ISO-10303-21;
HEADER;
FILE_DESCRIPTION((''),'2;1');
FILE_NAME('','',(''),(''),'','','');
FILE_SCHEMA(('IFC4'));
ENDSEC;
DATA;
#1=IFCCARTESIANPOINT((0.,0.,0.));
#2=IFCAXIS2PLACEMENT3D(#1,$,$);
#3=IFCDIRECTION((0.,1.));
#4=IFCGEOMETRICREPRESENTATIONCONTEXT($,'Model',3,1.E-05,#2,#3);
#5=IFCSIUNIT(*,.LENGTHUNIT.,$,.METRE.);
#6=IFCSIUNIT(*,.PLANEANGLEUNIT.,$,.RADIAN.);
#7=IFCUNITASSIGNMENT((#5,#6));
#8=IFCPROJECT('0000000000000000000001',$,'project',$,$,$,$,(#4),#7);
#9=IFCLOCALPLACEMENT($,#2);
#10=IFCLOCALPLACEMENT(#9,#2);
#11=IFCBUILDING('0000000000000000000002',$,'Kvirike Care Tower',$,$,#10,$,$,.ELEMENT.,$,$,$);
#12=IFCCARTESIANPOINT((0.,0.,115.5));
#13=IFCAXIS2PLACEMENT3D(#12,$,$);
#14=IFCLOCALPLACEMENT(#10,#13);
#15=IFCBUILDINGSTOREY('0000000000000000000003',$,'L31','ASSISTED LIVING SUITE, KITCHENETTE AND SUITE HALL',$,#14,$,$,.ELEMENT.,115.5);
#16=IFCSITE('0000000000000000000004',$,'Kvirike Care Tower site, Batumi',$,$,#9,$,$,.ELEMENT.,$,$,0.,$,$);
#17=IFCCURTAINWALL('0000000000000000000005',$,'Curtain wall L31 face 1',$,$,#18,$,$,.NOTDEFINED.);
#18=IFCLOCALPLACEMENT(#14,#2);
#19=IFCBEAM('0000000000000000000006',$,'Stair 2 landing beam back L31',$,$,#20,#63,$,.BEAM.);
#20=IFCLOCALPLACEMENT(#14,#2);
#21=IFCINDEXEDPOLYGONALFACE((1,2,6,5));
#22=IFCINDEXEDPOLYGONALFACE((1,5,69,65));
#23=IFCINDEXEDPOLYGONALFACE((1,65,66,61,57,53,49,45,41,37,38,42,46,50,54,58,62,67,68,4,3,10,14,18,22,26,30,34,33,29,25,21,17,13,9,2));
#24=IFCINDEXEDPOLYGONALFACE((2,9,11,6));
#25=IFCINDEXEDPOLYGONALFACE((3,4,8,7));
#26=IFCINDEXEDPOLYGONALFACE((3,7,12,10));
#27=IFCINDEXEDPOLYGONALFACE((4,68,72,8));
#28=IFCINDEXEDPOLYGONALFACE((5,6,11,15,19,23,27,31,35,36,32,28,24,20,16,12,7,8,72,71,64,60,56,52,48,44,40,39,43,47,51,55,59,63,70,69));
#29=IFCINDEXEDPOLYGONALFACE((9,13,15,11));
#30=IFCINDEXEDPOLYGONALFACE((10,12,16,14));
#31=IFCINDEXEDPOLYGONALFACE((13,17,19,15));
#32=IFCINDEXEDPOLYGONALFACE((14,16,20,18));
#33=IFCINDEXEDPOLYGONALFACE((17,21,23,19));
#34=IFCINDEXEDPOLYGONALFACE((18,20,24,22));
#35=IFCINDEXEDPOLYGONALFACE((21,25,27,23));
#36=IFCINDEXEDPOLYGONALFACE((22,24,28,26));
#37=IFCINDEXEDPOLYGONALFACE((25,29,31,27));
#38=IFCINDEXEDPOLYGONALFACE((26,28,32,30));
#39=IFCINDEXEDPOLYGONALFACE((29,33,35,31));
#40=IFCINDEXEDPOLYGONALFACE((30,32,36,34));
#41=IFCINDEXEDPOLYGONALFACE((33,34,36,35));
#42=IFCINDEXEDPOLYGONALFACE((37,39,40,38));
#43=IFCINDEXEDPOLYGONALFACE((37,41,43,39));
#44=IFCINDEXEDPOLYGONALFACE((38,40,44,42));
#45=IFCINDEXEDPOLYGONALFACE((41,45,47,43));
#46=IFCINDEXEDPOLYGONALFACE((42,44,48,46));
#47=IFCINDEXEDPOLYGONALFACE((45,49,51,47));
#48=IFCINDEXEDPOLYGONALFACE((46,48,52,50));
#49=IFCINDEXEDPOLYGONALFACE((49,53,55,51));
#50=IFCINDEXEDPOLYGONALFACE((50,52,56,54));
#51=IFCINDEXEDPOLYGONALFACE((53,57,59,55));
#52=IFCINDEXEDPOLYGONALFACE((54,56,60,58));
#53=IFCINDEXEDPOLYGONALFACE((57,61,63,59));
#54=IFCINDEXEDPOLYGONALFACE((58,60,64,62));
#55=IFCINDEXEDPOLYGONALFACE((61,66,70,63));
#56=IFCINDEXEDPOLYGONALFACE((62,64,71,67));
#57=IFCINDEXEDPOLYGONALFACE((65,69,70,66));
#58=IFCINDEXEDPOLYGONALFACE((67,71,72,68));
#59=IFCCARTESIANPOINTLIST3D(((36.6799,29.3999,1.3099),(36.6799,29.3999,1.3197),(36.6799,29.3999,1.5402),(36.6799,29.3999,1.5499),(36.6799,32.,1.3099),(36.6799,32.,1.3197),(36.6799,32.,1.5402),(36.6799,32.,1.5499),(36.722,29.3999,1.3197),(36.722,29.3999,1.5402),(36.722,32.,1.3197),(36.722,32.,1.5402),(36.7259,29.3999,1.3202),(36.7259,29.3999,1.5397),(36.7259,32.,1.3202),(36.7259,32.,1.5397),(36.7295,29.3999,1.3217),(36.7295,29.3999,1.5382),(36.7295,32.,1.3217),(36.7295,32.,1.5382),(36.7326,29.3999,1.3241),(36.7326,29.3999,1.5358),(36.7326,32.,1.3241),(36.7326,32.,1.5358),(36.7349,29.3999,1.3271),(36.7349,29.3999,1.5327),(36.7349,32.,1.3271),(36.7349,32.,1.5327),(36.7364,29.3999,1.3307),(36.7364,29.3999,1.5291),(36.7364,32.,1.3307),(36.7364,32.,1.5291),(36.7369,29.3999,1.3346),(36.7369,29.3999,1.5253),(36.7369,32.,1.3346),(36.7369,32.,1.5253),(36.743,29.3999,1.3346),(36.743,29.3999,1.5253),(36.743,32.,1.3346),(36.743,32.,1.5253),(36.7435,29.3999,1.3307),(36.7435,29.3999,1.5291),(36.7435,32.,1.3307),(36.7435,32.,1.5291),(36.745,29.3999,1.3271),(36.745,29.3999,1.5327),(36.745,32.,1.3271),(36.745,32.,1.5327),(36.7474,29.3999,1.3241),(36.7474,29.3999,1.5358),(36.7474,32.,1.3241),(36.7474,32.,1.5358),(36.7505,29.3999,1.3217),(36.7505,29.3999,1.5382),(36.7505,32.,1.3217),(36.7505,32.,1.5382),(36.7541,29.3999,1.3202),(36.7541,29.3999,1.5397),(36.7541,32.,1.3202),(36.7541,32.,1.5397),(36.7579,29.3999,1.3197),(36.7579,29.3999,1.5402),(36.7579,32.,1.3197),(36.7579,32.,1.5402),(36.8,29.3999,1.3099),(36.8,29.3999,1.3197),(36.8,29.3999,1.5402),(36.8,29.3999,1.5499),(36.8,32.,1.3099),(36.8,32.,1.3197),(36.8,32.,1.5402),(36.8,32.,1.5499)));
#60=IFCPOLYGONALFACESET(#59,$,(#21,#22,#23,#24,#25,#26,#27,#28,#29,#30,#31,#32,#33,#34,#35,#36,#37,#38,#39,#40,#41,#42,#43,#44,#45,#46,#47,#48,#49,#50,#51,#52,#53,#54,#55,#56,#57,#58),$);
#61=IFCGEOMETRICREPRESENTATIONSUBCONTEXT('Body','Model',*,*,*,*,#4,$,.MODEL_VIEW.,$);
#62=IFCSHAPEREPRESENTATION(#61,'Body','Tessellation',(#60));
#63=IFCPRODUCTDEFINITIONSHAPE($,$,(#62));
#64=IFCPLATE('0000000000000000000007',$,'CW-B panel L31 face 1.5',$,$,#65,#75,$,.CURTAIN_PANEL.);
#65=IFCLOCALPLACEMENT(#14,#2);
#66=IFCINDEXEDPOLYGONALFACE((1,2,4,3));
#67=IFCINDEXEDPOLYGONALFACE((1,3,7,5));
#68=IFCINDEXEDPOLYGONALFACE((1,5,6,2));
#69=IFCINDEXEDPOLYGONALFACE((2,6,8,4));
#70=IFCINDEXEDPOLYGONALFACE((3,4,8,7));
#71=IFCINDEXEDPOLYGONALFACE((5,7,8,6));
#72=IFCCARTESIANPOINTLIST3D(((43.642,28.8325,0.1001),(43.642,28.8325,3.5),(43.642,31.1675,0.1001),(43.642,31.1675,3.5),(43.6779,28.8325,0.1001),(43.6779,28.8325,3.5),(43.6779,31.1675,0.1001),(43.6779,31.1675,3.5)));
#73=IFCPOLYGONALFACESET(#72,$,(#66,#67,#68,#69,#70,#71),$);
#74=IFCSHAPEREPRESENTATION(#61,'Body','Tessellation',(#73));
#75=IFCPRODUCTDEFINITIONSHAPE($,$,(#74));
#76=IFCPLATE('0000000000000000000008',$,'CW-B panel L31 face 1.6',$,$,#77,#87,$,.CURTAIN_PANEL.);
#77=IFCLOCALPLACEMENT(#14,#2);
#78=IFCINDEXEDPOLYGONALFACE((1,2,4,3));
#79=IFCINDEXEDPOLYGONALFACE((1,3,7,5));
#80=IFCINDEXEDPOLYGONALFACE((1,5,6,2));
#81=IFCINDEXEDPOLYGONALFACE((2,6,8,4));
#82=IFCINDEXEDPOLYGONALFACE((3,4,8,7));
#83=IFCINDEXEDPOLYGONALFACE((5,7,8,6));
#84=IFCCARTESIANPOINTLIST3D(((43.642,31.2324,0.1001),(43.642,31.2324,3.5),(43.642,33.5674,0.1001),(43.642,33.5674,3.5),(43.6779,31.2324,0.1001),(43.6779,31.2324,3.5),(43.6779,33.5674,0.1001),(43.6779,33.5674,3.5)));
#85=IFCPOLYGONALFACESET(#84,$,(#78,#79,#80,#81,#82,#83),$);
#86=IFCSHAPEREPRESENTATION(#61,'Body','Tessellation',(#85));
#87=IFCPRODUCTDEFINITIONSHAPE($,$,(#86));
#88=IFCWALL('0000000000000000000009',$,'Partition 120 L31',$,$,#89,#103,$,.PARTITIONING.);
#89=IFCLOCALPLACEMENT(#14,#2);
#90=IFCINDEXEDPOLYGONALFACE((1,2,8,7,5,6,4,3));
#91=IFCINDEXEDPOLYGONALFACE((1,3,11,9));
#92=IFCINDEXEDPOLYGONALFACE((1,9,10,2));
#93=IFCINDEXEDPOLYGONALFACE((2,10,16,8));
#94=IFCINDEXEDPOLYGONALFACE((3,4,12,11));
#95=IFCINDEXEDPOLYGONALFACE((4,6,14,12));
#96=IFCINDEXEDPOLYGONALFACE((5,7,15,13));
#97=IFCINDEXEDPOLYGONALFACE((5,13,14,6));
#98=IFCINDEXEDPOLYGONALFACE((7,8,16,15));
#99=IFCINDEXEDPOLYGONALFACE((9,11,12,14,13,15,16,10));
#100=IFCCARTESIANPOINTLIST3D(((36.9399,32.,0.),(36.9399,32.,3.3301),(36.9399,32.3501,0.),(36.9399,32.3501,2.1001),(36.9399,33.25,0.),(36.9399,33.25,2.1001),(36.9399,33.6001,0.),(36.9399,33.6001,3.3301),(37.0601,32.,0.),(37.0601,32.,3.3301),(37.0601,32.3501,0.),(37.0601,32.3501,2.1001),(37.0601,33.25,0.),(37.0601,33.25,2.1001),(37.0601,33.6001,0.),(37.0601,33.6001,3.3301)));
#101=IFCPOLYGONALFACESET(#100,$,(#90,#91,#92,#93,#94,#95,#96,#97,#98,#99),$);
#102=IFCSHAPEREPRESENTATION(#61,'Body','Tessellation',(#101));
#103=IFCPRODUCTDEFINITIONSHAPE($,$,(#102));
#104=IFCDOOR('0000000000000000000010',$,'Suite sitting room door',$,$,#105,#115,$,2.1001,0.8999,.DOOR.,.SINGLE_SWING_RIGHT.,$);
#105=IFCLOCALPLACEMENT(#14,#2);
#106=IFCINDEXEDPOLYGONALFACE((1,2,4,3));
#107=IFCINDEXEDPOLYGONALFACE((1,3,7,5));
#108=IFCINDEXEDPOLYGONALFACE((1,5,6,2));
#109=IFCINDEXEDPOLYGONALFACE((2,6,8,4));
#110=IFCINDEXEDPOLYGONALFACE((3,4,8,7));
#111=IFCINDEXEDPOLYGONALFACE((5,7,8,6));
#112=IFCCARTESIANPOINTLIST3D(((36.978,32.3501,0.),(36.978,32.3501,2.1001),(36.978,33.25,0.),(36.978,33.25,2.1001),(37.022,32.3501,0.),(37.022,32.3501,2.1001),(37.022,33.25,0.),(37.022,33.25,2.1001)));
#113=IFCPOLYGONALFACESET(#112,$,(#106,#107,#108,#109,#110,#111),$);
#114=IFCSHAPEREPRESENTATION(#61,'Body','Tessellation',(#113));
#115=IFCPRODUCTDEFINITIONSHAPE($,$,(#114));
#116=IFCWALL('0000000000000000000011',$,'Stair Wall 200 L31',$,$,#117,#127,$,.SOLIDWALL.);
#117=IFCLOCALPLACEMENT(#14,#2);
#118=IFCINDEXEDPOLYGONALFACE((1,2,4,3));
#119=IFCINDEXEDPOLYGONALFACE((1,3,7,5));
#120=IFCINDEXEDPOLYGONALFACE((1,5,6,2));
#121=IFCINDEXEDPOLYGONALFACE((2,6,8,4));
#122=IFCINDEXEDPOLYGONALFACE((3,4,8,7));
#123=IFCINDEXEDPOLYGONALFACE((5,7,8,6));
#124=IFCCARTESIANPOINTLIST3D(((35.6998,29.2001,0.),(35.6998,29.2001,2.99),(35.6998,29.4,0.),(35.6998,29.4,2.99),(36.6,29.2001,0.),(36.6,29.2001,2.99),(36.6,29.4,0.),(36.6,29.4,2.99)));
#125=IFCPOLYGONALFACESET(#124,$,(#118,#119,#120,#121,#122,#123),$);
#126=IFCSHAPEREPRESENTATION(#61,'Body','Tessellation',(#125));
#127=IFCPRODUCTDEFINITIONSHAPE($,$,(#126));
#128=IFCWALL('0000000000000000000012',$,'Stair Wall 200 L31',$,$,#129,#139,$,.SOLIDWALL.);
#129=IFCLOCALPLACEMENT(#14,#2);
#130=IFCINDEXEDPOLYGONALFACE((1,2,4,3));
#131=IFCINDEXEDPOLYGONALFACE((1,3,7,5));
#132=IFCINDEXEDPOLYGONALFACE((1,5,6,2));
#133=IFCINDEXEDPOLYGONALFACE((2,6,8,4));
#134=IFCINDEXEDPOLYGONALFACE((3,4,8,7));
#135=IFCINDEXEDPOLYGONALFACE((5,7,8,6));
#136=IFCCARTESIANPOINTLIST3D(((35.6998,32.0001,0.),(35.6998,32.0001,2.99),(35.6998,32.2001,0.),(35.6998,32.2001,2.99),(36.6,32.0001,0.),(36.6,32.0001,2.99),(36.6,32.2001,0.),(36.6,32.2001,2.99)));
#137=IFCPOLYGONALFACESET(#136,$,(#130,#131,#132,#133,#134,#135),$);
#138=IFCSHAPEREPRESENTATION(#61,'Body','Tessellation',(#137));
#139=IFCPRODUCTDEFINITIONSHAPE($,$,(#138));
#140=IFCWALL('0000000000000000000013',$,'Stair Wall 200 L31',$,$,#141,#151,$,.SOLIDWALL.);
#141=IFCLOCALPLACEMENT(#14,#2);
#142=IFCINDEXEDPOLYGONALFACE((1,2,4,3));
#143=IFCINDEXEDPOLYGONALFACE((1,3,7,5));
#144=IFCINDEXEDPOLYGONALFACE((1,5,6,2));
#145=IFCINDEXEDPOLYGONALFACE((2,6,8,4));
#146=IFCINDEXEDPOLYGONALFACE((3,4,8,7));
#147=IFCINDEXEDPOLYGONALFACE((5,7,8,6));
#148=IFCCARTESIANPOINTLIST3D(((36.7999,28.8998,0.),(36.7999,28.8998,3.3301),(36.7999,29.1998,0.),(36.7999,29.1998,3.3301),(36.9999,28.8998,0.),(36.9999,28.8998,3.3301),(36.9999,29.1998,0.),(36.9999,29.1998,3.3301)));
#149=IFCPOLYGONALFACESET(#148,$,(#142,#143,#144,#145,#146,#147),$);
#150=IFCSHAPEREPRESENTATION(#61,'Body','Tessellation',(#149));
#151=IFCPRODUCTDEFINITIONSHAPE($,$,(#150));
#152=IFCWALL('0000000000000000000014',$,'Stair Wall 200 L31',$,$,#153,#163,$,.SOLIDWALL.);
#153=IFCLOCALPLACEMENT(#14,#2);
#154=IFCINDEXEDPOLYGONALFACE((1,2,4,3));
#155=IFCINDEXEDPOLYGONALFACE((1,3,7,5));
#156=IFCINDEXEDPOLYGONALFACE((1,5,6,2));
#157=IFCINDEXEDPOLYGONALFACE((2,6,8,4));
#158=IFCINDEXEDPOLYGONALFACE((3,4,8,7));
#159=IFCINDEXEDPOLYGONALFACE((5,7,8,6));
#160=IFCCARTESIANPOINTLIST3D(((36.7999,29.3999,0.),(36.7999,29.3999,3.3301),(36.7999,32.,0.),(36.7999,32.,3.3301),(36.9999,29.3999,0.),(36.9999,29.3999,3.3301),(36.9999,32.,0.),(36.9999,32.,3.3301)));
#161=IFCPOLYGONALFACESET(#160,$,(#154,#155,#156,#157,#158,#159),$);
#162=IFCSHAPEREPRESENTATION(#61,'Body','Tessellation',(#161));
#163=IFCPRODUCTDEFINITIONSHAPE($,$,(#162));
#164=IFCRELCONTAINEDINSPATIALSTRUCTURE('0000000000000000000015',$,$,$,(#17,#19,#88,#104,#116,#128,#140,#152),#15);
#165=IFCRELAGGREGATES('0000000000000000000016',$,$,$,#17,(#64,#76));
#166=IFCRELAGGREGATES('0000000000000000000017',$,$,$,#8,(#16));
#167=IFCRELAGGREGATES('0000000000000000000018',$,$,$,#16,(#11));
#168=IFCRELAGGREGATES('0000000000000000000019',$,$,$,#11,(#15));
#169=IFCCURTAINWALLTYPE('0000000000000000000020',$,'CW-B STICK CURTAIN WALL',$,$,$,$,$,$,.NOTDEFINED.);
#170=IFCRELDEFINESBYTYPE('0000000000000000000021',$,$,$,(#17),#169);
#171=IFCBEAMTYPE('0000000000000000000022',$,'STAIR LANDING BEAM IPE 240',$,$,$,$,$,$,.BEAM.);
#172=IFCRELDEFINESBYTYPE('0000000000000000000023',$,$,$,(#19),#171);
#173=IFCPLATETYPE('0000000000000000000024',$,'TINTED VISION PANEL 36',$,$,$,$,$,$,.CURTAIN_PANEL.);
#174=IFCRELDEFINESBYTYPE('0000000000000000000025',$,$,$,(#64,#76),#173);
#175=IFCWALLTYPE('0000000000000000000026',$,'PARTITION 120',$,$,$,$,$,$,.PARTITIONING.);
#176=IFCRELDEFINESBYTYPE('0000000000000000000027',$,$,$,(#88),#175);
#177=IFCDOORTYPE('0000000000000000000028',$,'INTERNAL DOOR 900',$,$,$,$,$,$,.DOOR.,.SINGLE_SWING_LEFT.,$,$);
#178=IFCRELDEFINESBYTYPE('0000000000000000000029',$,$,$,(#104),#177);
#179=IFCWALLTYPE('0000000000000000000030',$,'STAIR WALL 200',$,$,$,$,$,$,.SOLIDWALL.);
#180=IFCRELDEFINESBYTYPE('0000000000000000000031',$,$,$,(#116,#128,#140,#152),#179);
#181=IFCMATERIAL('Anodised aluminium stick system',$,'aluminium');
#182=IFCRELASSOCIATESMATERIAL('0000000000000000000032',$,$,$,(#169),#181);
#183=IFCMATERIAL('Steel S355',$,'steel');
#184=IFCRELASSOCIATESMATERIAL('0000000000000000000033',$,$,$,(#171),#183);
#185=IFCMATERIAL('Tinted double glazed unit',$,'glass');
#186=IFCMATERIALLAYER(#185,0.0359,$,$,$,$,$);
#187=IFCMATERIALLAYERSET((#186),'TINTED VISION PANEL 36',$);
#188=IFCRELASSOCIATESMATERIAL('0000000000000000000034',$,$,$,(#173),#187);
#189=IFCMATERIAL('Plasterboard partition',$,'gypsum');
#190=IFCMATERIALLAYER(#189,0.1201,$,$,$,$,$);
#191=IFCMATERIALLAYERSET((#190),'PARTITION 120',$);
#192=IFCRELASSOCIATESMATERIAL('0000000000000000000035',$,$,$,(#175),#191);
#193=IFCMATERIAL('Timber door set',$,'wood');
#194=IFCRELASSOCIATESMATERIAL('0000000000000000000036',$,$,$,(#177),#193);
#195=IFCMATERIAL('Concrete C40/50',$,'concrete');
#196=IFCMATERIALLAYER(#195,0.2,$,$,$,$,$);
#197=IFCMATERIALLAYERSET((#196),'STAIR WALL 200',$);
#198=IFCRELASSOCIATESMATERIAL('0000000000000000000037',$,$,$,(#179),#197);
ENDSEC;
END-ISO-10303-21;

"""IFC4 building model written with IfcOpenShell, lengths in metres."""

from ifc_helpers import new_model, si_unit, direction, frame, frame_2d, origin, origin_2d, place, context, subcontext, project, spatial, rectangle, i_section, extrude, material, layer, layer_set, material_profile, profile_set, type_object, element, fill, aggregate, save


model = new_model("IFC4")

# Units and contexts
model_context = context("Model", 3, precision=1e-05, world=origin(), true_north=direction((0.0, 1.0)))
body_context = subcontext(model_context, "Body", "Model", "MODEL_VIEW")
ifc_project = project(units=[si_unit("LENGTHUNIT", "METRE"), si_unit("PLANEANGLEUNIT", "RADIAN")], contexts=[model_context])

# Site, building, storey
site_placement = place(None, origin())
site = spatial("IfcSite", under=ifc_project, at=site_placement, Name="Kvirike Care Tower site, Batumi", CompositionType="ELEMENT", RefElevation=0.0)
building_placement = place(site_placement, origin())
building = spatial("IfcBuilding", under=site, at=building_placement, Name="Kvirike Care Tower", CompositionType="ELEMENT")
storey_placement = place(building_placement, frame((0.0, 0.0, 115.5)))
storey = spatial("IfcBuildingStorey", under=building, at=storey_placement, Name="L31", Description="ASSISTED LIVING SUITE, KITCHENETTE AND SUITE HALL", CompositionType="ELEMENT", Elevation=115.5)

# Curtain wall
ifc_material_1 = material(Name="Anodised aluminium stick system", Category="aluminium")
curtain_wall_type = type_object("IfcCurtainWallType", Name="CW-B STICK CURTAIN WALL", PredefinedType="NOTDEFINED", material=ifc_material_1)
curtain_wall_placement = place(storey_placement, origin())
curtain_wall = element("IfcCurtainWall", 1, at=curtain_wall_placement, inside=storey, type_object=curtain_wall_type, Name="Curtain wall L31 face 1", PredefinedType="NOTDEFINED")

# Beam
ifc_material_2 = material(Name="Steel S355", Category="steel")
ifc_material_profile_1 = material_profile(ifc_material_2, i_section(OverallWidth=0.1201, OverallDepth=0.24, WebThickness=0.0061, FlangeThickness=0.0098, FilletRadius=0.0149, at=origin_2d()), Name="IPE 240")
ifc_profile_set_1 = profile_set([ifc_material_profile_1], Name="Steel S355")
beam_type_1 = type_object("IfcBeamType", Name="STAIR LANDING BEAM IPE 240", PredefinedType="BEAM", material=ifc_profile_set_1)
beam_1_placement = place(storey_placement, frame((36.74, 29.3999, 1.4299), z_axis=(0.0, 1.0, 0.0), x_axis=(-1.0, 0.0, 0.0)))
element("IfcBeam", 2, at=beam_1_placement, inside=storey, type_object=beam_type_1, Name="Stair 2 landing beam back L31", PredefinedType="BEAM", context=body_context, shape_type="SweptSolid", body=[
    extrude(i_section(OverallWidth=0.1201, OverallDepth=0.24, WebThickness=0.0061, FlangeThickness=0.0098, FilletRadius=0.0149, at=origin_2d()), origin(), (0.0, 0.0, 1.0), 2.6001),
])

# Plates
ifc_material_3 = material(Name="Tinted double glazed unit", Category="glass")
ifc_layer_1 = layer(ifc_material_3, 0.0359)
ifc_layer_set_1 = layer_set([ifc_layer_1], Name="TINTED VISION PANEL 36")
plate_type = type_object("IfcPlateType", Name="TINTED VISION PANEL 36", PredefinedType="CURTAIN_PANEL", material=ifc_layer_set_1)
plate_1_placement = place(storey_placement, frame((43.6599, 30.0, 0.1001), z_axis=(0.0, 0.0, 1.0), x_axis=(0.0, 1.0, 0.0)))
plate_1 = element("IfcPlate", 3, at=plate_1_placement, type_object=plate_type, Name="CW-B panel L31 face 1.5", PredefinedType="CURTAIN_PANEL", context=body_context, shape_type="SweptSolid", body=[
    extrude(rectangle(XDim=2.335, YDim=0.0359, at=origin_2d()), origin(), (0.0, 0.0, 1.0), 3.3999),
])
plate_2_placement = place(storey_placement, frame((43.6599, 32.3999, 0.1001), z_axis=(0.0, 0.0, 1.0), x_axis=(0.0, 1.0, 0.0)))
plate_2 = element("IfcPlate", 4, at=plate_2_placement, type_object=plate_type, Name="CW-B panel L31 face 1.6", PredefinedType="CURTAIN_PANEL", context=body_context, shape_type="SweptSolid", body=[
    extrude(rectangle(XDim=2.335, YDim=0.0359, at=origin_2d()), origin(), (0.0, 0.0, 1.0), 3.3999),
])
aggregate(curtain_wall, [plate_1, plate_2])

# Wall, opening, door
ifc_material_4 = material(Name="Plasterboard partition", Category="gypsum")
ifc_layer_2 = layer(ifc_material_4, 0.1201)
ifc_layer_set_2 = layer_set([ifc_layer_2], Name="PARTITION 120")
wall_type_1 = type_object("IfcWallType", Name="PARTITION 120", PredefinedType="PARTITIONING", material=ifc_layer_set_2)
wall_1_placement = place(storey_placement, frame((37.0, 32.0, 0.0), z_axis=(0.0, 0.0, 1.0), x_axis=(0.0, 1.0, 0.0)))
wall_1 = element("IfcWall", 5, at=wall_1_placement, inside=storey, type_object=wall_type_1, Name="Partition 120 L31", PredefinedType="PARTITIONING", context=body_context, shape_type="SweptSolid", body=[
    extrude(rectangle(XDim=1.6001, YDim=0.1201, at=frame_2d((0.8, 0.0))), origin(), (0.0, 0.0, 1.0), 3.3301),
])
opening_placement = place(wall_1_placement, frame((0.3501, 0.0, 0.0)))
opening = element("IfcOpeningElement", 6, at=opening_placement, cuts=wall_1, PredefinedType="OPENING", context=body_context, shape_type="SweptSolid", body=[
    extrude(rectangle(XDim=0.8999, YDim=2.1001, at=frame_2d((0.45, 1.05))), frame((0.0, 0.0706, 0.0), z_axis=(0.0, -1.0, 0.0), x_axis=(1.0, 0.0, 0.0)), (0.0, 0.0, 1.0), 0.1411),
])
ifc_material_5 = material(Name="Timber door set", Category="wood")
door_type = type_object("IfcDoorType", Name="INTERNAL DOOR 900", OperationType="SINGLE_SWING_LEFT", PredefinedType="DOOR", material=ifc_material_5)
door_placement = place(opening_placement, frame((0.8999, 0.0, 0.0), z_axis=(0.0, 0.0, 1.0), x_axis=(-1.0, 0.0, 0.0)))
door = element("IfcDoor", 7, at=door_placement, inside=storey, type_object=door_type, Name="Suite sitting room door", OperationType="SINGLE_SWING_RIGHT", OverallHeight=2.1001, OverallWidth=0.8999, PredefinedType="DOOR", context=body_context, shape_type="SweptSolid", body=[
    extrude(rectangle(XDim=0.8999, YDim=2.1001, at=frame_2d((0.45, 1.05))), frame((0.0, 0.022, 0.0), z_axis=(0.0, -1.0, 0.0), x_axis=(1.0, 0.0, 0.0)), (0.0, 0.0, 1.0), 0.0439),
])
fill(opening, door)

# Walls
ifc_material_6 = material(Name="Concrete C40/50", Category="concrete")
ifc_layer_3 = layer(ifc_material_6, 0.2)
ifc_layer_set_3 = layer_set([ifc_layer_3], Name="STAIR WALL 200")
wall_type_2 = type_object("IfcWallType", Name="STAIR WALL 200", PredefinedType="SOLIDWALL", material=ifc_layer_set_3)
for number, where, z_axis, x_axis, name in (
    (8, (36.6001, 29.3, 0.0), (0.0, 0.0, 1.0), (-1.0, 0.0, 0.0), "Stair Wall 200 L31"),
    (9, (36.6001, 32.1001, 0.0), (0.0, 0.0, 1.0), (-1.0, 0.0, 0.0), "Stair Wall 200 L31"),
):
    element("IfcWall", number, at=place(storey_placement, frame(where, z_axis=z_axis, x_axis=x_axis)), inside=storey, type_object=wall_type_2, Name=name, PredefinedType="SOLIDWALL", context=body_context, shape_type="SweptSolid", body=[
        extrude(rectangle(XDim=0.9001, YDim=0.2, at=frame_2d((0.4502, 0.0))), origin(), (0.0, 0.0, 1.0), 2.99),
    ])
wall_2_placement = place(storey_placement, frame((36.8999, 28.8999, 0.0), z_axis=(0.0, 0.0, 1.0), x_axis=(0.0, 1.0, 0.0)))
element("IfcWall", 10, at=wall_2_placement, inside=storey, type_object=wall_type_2, Name="Stair Wall 200 L31", PredefinedType="SOLIDWALL", context=body_context, shape_type="SweptSolid", body=[
    extrude(rectangle(XDim=0.3, YDim=0.2, at=frame_2d((0.1499, 0.0))), origin(), (0.0, 0.0, 1.0), 3.3301),
])
wall_3_placement = place(storey_placement, frame((36.8999, 29.3999, 0.0), z_axis=(0.0, 0.0, 1.0), x_axis=(0.0, 1.0, 0.0)))
element("IfcWall", 11, at=wall_3_placement, inside=storey, type_object=wall_type_2, Name="Stair Wall 200 L31", PredefinedType="SOLIDWALL", context=body_context, shape_type="SweptSolid", body=[
    extrude(rectangle(XDim=2.6001, YDim=0.2, at=frame_2d((1.3, 0.0))), origin(), (0.0, 0.0, 1.0), 3.3301),
])

save(model, "model.ifc")
